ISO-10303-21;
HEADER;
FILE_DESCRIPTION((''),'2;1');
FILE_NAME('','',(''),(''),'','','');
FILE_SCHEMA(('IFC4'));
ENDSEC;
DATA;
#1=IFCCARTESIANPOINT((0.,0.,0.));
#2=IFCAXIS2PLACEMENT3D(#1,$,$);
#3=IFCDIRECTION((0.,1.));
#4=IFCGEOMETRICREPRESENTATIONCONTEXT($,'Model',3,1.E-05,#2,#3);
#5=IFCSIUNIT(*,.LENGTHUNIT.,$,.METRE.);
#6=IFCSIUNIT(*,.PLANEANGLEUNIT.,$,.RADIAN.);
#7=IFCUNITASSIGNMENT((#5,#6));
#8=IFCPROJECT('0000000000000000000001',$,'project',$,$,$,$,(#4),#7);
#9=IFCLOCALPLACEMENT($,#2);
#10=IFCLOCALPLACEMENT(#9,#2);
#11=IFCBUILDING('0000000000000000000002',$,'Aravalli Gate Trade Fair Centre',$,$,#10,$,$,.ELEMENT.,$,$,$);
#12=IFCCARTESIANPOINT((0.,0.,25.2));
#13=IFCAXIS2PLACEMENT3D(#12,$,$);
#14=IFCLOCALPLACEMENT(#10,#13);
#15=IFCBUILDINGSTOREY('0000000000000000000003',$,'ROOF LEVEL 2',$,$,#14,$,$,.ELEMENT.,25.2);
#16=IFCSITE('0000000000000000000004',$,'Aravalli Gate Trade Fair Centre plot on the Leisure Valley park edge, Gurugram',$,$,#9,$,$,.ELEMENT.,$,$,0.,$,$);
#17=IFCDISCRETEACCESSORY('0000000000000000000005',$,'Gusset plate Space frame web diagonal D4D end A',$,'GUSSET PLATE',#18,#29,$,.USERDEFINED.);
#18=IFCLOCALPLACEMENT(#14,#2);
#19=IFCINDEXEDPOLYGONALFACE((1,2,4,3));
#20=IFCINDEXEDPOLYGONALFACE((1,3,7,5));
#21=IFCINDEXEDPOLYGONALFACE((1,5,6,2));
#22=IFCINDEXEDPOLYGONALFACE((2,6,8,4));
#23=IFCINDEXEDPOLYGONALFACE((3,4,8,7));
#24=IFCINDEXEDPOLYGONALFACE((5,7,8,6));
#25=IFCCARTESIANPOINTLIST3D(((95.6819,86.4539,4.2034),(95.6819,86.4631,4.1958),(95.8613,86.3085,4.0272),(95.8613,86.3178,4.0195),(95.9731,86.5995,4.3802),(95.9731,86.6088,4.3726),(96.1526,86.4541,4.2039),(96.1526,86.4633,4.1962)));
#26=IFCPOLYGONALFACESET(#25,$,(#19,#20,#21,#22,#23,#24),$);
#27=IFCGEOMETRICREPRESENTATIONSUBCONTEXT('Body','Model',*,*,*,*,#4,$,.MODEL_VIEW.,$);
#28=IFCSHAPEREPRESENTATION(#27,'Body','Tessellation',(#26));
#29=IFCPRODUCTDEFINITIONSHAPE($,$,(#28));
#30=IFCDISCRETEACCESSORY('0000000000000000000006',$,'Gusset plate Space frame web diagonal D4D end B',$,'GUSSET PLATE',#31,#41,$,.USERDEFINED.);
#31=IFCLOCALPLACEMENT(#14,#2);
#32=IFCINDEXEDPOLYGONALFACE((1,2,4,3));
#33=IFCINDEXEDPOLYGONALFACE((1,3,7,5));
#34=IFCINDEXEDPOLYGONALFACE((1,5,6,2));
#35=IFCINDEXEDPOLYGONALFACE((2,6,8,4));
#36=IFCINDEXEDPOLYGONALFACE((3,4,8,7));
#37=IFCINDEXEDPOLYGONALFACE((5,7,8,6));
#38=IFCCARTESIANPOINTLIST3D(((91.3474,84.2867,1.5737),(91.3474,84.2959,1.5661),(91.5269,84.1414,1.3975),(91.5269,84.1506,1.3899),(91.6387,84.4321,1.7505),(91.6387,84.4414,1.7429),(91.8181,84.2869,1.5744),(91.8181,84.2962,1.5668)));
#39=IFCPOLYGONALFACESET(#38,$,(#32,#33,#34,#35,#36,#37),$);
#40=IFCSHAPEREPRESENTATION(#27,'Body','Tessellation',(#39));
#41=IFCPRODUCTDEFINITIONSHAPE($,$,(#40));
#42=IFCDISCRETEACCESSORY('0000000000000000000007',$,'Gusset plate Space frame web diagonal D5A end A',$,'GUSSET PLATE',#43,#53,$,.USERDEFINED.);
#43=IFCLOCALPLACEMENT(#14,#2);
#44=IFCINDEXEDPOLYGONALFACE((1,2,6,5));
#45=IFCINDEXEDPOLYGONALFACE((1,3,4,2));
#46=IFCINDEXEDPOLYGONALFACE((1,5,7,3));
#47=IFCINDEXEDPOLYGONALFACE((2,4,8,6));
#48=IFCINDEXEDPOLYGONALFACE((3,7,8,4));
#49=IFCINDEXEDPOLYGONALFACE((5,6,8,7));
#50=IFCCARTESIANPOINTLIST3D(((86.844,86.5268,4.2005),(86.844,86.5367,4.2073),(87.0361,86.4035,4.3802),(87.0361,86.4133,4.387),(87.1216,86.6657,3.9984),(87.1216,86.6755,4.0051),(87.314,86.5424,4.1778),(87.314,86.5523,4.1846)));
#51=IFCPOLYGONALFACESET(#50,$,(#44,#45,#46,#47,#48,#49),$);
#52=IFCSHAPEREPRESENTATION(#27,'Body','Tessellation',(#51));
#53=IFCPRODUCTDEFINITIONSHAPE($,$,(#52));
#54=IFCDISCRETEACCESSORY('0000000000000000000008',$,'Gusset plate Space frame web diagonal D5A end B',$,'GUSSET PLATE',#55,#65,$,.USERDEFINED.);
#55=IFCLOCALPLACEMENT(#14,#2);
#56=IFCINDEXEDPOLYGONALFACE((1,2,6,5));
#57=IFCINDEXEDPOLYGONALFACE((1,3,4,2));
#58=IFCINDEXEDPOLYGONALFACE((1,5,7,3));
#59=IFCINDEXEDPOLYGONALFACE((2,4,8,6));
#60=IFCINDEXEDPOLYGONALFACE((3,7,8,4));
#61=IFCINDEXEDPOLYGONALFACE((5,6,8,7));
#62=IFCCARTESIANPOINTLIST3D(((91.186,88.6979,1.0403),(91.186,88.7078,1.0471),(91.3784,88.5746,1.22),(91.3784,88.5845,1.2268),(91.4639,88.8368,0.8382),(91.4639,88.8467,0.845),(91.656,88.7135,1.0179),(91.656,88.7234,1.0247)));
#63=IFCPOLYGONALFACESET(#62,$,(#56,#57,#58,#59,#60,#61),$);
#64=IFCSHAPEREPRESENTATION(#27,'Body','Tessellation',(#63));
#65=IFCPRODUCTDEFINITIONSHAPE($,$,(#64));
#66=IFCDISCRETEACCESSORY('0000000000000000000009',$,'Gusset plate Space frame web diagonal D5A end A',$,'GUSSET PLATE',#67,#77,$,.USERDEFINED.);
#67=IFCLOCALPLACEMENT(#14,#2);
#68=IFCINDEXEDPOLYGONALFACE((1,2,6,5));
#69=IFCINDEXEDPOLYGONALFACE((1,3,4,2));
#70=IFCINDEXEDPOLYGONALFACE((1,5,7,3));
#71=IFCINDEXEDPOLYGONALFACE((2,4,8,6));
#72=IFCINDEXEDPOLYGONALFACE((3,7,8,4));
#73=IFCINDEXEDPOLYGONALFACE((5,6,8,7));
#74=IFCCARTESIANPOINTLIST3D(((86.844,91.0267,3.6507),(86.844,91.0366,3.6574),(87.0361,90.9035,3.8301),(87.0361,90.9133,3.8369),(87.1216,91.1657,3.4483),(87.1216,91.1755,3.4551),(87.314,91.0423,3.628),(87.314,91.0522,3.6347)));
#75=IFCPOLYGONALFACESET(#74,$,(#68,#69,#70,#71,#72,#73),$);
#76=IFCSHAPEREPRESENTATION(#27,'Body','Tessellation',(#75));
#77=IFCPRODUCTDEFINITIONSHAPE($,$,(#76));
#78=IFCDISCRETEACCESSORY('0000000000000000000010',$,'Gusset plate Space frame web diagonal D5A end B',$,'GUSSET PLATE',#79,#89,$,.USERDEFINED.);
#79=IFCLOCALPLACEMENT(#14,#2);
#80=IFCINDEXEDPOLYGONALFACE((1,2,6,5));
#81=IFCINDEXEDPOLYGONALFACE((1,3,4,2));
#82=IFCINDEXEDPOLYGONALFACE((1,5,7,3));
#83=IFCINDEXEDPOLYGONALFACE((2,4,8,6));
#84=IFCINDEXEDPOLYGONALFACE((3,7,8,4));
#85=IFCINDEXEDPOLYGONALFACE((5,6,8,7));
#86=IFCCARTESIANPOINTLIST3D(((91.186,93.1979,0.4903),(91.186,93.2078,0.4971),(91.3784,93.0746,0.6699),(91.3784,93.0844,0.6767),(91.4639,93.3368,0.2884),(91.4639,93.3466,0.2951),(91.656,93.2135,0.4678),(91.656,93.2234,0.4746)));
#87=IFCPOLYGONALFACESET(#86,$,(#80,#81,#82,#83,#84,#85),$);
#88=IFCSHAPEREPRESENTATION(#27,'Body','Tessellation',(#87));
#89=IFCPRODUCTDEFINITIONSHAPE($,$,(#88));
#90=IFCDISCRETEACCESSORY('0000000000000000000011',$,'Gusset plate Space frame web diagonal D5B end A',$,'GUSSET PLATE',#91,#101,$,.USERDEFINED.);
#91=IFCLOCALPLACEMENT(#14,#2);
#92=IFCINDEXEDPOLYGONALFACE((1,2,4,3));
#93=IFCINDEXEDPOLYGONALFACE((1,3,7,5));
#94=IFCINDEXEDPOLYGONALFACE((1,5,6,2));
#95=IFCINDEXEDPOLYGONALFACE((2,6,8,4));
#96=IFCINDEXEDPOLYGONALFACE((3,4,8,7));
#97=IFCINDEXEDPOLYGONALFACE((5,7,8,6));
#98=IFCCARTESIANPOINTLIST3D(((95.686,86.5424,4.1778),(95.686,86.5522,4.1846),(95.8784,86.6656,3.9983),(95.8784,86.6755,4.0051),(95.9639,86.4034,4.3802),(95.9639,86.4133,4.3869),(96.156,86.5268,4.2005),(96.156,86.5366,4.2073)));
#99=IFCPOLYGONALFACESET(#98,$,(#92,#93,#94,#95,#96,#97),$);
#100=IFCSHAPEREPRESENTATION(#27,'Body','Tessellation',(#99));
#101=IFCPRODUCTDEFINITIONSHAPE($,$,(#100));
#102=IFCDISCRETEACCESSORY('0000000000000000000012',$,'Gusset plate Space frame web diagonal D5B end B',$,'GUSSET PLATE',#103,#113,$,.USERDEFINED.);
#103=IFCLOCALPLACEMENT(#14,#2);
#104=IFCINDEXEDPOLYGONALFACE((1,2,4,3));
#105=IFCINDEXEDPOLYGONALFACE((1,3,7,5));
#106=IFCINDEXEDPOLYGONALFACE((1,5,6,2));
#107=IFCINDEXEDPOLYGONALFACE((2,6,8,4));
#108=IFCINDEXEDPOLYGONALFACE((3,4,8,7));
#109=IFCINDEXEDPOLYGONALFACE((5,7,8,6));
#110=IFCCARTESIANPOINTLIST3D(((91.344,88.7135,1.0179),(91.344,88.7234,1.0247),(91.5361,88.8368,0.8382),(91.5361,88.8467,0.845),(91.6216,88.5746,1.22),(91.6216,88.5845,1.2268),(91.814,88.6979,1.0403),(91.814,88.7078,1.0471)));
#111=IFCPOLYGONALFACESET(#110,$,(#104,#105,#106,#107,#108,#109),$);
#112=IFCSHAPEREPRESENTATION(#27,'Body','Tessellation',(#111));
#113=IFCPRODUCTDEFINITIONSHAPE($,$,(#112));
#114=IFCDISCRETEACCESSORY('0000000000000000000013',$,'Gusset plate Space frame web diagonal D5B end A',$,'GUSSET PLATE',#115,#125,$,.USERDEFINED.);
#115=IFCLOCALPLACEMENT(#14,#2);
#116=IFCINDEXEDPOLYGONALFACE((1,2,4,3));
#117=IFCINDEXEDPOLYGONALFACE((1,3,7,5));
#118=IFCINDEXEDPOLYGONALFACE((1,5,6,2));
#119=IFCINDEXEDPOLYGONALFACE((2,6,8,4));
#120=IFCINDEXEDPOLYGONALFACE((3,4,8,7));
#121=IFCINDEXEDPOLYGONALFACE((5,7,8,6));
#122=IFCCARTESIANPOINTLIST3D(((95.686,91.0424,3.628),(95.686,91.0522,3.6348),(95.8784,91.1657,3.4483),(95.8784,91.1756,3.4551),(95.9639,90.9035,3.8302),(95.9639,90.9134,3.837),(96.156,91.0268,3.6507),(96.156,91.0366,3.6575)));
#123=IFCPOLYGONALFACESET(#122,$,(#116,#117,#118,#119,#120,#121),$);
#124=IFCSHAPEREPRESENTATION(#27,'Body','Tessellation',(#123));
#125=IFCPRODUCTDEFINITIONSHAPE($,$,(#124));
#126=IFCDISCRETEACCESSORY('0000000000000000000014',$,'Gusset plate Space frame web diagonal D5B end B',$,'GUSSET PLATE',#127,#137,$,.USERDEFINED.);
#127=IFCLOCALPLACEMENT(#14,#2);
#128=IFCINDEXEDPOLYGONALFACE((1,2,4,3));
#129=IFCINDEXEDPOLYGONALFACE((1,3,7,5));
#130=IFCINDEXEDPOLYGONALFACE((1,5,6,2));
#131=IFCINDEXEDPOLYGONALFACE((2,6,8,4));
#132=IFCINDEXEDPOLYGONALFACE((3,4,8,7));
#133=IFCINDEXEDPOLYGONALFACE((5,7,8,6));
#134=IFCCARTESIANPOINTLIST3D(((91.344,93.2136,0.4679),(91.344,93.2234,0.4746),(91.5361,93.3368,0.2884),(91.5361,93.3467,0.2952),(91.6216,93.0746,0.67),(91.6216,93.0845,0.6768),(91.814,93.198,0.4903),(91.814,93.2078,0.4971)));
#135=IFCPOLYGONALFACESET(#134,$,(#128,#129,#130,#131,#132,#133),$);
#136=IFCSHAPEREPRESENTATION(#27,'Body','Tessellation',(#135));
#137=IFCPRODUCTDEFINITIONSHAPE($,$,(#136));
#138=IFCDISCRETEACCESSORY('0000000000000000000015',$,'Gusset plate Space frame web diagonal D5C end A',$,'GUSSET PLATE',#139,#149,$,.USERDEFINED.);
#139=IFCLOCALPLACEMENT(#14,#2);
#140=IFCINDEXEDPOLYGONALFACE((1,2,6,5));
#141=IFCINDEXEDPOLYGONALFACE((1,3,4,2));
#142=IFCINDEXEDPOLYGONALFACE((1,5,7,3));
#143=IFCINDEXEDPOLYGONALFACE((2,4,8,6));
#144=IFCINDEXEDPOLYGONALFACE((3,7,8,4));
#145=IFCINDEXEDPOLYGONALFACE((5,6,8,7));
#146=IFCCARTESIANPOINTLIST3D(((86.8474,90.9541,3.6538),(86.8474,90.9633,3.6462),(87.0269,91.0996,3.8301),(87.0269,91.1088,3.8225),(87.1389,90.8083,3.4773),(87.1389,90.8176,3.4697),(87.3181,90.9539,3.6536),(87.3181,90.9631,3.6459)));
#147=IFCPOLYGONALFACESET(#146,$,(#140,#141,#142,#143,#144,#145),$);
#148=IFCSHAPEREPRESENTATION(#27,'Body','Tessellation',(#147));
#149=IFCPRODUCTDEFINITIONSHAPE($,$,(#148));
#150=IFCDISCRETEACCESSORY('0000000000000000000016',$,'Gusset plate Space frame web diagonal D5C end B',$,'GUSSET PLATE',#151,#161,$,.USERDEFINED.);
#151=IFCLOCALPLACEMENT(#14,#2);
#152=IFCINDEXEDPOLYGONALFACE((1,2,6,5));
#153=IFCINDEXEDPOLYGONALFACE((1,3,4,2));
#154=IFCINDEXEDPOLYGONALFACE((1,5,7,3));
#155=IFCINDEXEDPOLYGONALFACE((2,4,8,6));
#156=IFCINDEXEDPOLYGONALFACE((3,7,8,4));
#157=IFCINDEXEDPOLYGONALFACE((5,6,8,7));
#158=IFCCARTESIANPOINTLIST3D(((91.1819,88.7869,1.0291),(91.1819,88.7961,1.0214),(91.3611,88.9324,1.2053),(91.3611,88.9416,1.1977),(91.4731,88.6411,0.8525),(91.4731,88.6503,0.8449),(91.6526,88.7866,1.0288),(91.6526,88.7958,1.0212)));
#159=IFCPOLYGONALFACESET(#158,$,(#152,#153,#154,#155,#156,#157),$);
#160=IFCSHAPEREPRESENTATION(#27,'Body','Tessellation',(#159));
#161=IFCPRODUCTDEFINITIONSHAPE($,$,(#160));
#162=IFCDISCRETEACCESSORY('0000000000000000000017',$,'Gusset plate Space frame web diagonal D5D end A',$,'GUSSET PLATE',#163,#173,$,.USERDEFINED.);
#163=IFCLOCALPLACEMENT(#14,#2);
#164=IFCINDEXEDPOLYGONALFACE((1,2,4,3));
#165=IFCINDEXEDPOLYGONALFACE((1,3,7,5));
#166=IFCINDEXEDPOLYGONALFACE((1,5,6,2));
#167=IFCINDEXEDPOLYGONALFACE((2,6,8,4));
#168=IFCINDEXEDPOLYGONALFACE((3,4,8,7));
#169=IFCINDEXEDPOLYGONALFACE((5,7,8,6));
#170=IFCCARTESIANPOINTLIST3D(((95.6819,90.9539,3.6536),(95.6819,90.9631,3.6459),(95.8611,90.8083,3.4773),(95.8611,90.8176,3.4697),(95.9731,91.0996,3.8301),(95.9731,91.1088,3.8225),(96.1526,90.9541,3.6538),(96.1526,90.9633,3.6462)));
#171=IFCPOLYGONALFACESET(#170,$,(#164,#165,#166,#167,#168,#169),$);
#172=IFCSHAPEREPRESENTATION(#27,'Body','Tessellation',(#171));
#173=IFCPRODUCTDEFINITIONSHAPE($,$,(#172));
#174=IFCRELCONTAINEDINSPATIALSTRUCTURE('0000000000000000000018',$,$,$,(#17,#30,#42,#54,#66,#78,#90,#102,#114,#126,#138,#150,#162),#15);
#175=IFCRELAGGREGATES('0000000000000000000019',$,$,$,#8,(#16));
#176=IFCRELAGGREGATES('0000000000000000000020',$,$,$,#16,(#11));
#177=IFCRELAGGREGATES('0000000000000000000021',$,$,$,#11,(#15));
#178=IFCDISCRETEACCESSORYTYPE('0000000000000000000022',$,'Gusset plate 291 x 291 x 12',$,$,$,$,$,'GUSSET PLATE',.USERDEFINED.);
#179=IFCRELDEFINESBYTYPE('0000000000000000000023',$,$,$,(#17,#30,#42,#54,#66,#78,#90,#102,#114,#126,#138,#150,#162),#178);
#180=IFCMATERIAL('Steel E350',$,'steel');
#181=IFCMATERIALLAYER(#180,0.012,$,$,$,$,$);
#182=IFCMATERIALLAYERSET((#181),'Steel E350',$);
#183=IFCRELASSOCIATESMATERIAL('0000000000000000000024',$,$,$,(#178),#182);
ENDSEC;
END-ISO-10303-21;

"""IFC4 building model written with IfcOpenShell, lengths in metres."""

from ifc_helpers import new_model, si_unit, direction, frame, origin, place, context, subcontext, project, spatial, polyline, outline, extrude, material, layer, layer_set, type_object, element, save


model = new_model("IFC4")

# Units and contexts
model_context = context("Model", 3, precision=1e-05, world=origin(), true_north=direction((0.0, 1.0)))
body_context = subcontext(model_context, "Body", "Model", "MODEL_VIEW")
ifc_project = project(units=[si_unit("LENGTHUNIT", "METRE"), si_unit("PLANEANGLEUNIT", "RADIAN")], contexts=[model_context])

# Site, building, storey
site_placement = place(None, origin())
site = spatial("IfcSite", under=ifc_project, at=site_placement, Name="Aravalli Gate Trade Fair Centre plot on the Leisure Valley park edge, Gurugram", CompositionType="ELEMENT", RefElevation=0.0)
building_placement = place(site_placement, origin())
building = spatial("IfcBuilding", under=site, at=building_placement, Name="Aravalli Gate Trade Fair Centre", CompositionType="ELEMENT")
storey_placement = place(building_placement, frame((0.0, 0.0, 25.2)))
storey = spatial("IfcBuildingStorey", under=building, at=storey_placement, Name="ROOF LEVEL 2", CompositionType="ELEMENT", Elevation=25.2)

# Shared definitions
ifc_material = material(Name="Steel E350", Category="steel")

# Discrete accessories
ifc_layer = layer(ifc_material, 0.012)
ifc_layer_set = layer_set([ifc_layer], Name="Steel E350")
discrete_accessory_type = type_object("IfcDiscreteAccessoryType", Name="Gusset plate 291 x 291 x 12", ElementType="GUSSET PLATE", PredefinedType="USERDEFINED", material=ifc_layer_set)
discrete_accessory_1_placement = place(storey_placement, frame((95.6819, 86.4539, 4.2034), z_axis=(-0.00026, -0.771582, 0.63613), x_axis=(0.785986, 0.393126, 0.477156)))
element("IfcDiscreteAccessory", 1, at=discrete_accessory_1_placement, inside=storey, type_object=discrete_accessory_type, Name="Gusset plate Space frame web diagonal D4D end A", ObjectType="GUSSET PLATE", PredefinedType="USERDEFINED", context=body_context, shape_type="SweptSolid", body=[
    extrude(outline(polyline([(0.0, 0.0), (0.3706, 0.0), (0.3703, -0.2906), (-0.0002, -0.2905), (0.0, 0.0)])), origin(), (0.0, 0.0, -1.0), 0.012),
])
discrete_accessory_2_placement = place(storey_placement, frame((91.6387, 84.4321, 1.7505), z_axis=(-0.000589, -0.771792, 0.635874), x_axis=(-0.78619, -0.392604, -0.477251)))
element("IfcDiscreteAccessory", 2, at=discrete_accessory_2_placement, inside=storey, type_object=discrete_accessory_type, Name="Gusset plate Space frame web diagonal D4D end B", ObjectType="GUSSET PLATE", PredefinedType="USERDEFINED", context=body_context, shape_type="SweptSolid", body=[
    extrude(outline(polyline([(0.0, 0.0), (0.3705, 0.0), (0.3705, 0.2905), (0.0, 0.2903), (0.0, 0.0)])), origin(), (0.0, 0.0, -1.0), 0.012),
])
discrete_accessory_3_placement = place(storey_placement, frame((87.1216, 86.6755, 4.0051), z_axis=(-0.000059, 0.824356, 0.566072), x_axis=(-0.749371, -0.374861, 0.545822)))
element("IfcDiscreteAccessory", 3, at=discrete_accessory_3_placement, inside=storey, type_object=discrete_accessory_type, Name="Gusset plate Space frame web diagonal D5A end A", ObjectType="GUSSET PLATE", PredefinedType="USERDEFINED", context=body_context, shape_type="SweptSolid", body=[
    extrude(outline(polyline([(0.0, 0.0), (0.3704, 0.0), (0.3707, 0.2905), (0.0, 0.2905), (0.0, 0.0)])), origin(), (0.0, 0.0, -1.0), 0.012),
])
discrete_accessory_4_placement = place(storey_placement, frame((91.186, 88.7078, 1.0471), z_axis=(-0.000356, 0.824387, 0.566027), x_axis=(0.74966, 0.37483, -0.545447)))
element("IfcDiscreteAccessory", 4, at=discrete_accessory_4_placement, inside=storey, type_object=discrete_accessory_type, Name="Gusset plate Space frame web diagonal D5A end B", ObjectType="GUSSET PLATE", PredefinedType="USERDEFINED", context=body_context, shape_type="SweptSolid", body=[
    extrude(outline(polyline([(0.0, 0.0), (0.3706, 0.0), (0.3704, -0.2905), (0.0, -0.2907), (0.0, 0.0)])), origin(), (0.0, 0.0, -1.0), 0.012),
])
discrete_accessory_5_placement = place(storey_placement, frame((87.1216, 91.1755, 3.4551), z_axis=(-0.000059, 0.824356, 0.566072), x_axis=(-0.749102, -0.375034, 0.546073)))
element("IfcDiscreteAccessory", 5, at=discrete_accessory_5_placement, inside=storey, type_object=discrete_accessory_type, Name="Gusset plate Space frame web diagonal D5A end A", ObjectType="GUSSET PLATE", PredefinedType="USERDEFINED", context=body_context, shape_type="SweptSolid", body=[
    extrude(outline(polyline([(0.0, 0.0), (0.3706, 0.0), (0.3709, 0.2904), (0.0002, 0.2907), (0.0, 0.0)])), origin(), (0.0, 0.0, -1.0), 0.012),
])
discrete_accessory_6_placement = place(storey_placement, frame((91.186, 93.2078, 0.4971), z_axis=(-0.000339, 0.824216, 0.566276), x_axis=(0.749929, 0.374811, -0.545089)))
element("IfcDiscreteAccessory", 6, at=discrete_accessory_6_placement, inside=storey, type_object=discrete_accessory_type, Name="Gusset plate Space frame web diagonal D5A end B", ObjectType="GUSSET PLATE", PredefinedType="USERDEFINED", context=body_context, shape_type="SweptSolid", body=[
    extrude(outline(polyline([(0.0, 0.0), (0.3705, 0.0), (0.3705, -0.2904), (0.0001, -0.2907), (0.0, 0.0)])), origin(), (0.0, 0.0, -1.0), 0.012),
])
discrete_accessory_7_placement = place(storey_placement, frame((95.686, 86.5522, 4.1846), z_axis=(0.000059, 0.824356, 0.566072), x_axis=(0.749391, -0.374849, 0.545804)))
element("IfcDiscreteAccessory", 7, at=discrete_accessory_7_placement, inside=storey, type_object=discrete_accessory_type, Name="Gusset plate Space frame web diagonal D5B end A", ObjectType="GUSSET PLATE", PredefinedType="USERDEFINED", context=body_context, shape_type="SweptSolid", body=[
    extrude(outline(polyline([(0.0, 0.0), (0.3707, 0.0), (0.3704, 0.2905), (0.0, 0.2905), (0.0, 0.0)])), origin(), (0.0, 0.0, -1.0), 0.012),
])
discrete_accessory_8_placement = place(storey_placement, frame((91.6216, 88.5845, 1.2268), z_axis=(0.000356, 0.824387, 0.566027), x_axis=(-0.749371, 0.375015, -0.545716)))
element("IfcDiscreteAccessory", 8, at=discrete_accessory_8_placement, inside=storey, type_object=discrete_accessory_type, Name="Gusset plate Space frame web diagonal D5B end B", ObjectType="GUSSET PLATE", PredefinedType="USERDEFINED", context=body_context, shape_type="SweptSolid", body=[
    extrude(outline(polyline([(0.0, 0.0), (0.3704, 0.0), (0.3707, -0.2905), (0.0001, -0.2907), (0.0, 0.0)])), origin(), (0.0, 0.0, -1.0), 0.012),
])
discrete_accessory_9_placement = place(storey_placement, frame((95.686, 91.0522, 3.6348), z_axis=(0.000059, 0.824356, 0.566072), x_axis=(0.74966, -0.374676, 0.545552)))
element("IfcDiscreteAccessory", 9, at=discrete_accessory_9_placement, inside=storey, type_object=discrete_accessory_type, Name="Gusset plate Space frame web diagonal D5B end A", ObjectType="GUSSET PLATE", PredefinedType="USERDEFINED", context=body_context, shape_type="SweptSolid", body=[
    extrude(outline(polyline([(0.0, 0.0), (0.3706, 0.0), (0.3706, 0.2904), (0.0, 0.2907), (0.0, 0.0)])), origin(), (0.0, 0.0, -1.0), 0.012),
])
discrete_accessory_10_placement = place(storey_placement, frame((91.6216, 93.0845, 0.6768), z_axis=(0.000339, 0.824216, 0.566276), x_axis=(-0.749371, 0.375169, -0.545611)))
element("IfcDiscreteAccessory", 10, at=discrete_accessory_10_placement, inside=storey, type_object=discrete_accessory_type, Name="Gusset plate Space frame web diagonal D5B end B", ObjectType="GUSSET PLATE", PredefinedType="USERDEFINED", context=body_context, shape_type="SweptSolid", body=[
    extrude(outline(polyline([(0.0, 0.0), (0.3704, 0.0), (0.3706, -0.2904), (0.0001, -0.2907), (0.0, 0.0)])), origin(), (0.0, 0.0, -1.0), 0.012),
])
discrete_accessory_11_placement = place(storey_placement, frame((87.1389, 90.8083, 3.4773), z_axis=(-0.00007, -0.771155, 0.636648), x_axis=(-0.786484, 0.393242, 0.476238)))
element("IfcDiscreteAccessory", 11, at=discrete_accessory_11_placement, inside=storey, type_object=discrete_accessory_type, Name="Gusset plate Space frame web diagonal D5C end A", ObjectType="GUSSET PLATE", PredefinedType="USERDEFINED", context=body_context, shape_type="SweptSolid", body=[
    extrude(outline(polyline([(0.0, 0.0), (0.3706, 0.0), (0.3707, -0.2906), (0.0002, -0.2904), (0.0, 0.0)])), origin(), (0.0, 0.0, -1.0), 0.012),
])
discrete_accessory_12_placement = place(storey_placement, frame((91.1819, 88.7869, 1.0291), z_axis=(-0.00007, -0.771155, 0.636648), x_axis=(0.786233, -0.393446, -0.476485)))
element("IfcDiscreteAccessory", 12, at=discrete_accessory_12_placement, inside=storey, type_object=discrete_accessory_type, Name="Gusset plate Space frame web diagonal D5C end B", ObjectType="GUSSET PLATE", PredefinedType="USERDEFINED", context=body_context, shape_type="SweptSolid", body=[
    extrude(outline(polyline([(0.0, 0.0), (0.3704, 0.0), (0.3703, 0.2906), (-0.0003, 0.2904), (0.0, 0.0)])), origin(), (0.0, 0.0, -1.0), 0.012),
])
discrete_accessory_13_placement = place(storey_placement, frame((95.6819, 90.9539, 3.6536), z_axis=(0.00007, -0.771155, 0.636648), x_axis=(0.786233, 0.393446, 0.476485)))
element("IfcDiscreteAccessory", 13, at=discrete_accessory_13_placement, inside=storey, type_object=discrete_accessory_type, Name="Gusset plate Space frame web diagonal D5D end A", ObjectType="GUSSET PLATE", PredefinedType="USERDEFINED", context=body_context, shape_type="SweptSolid", body=[
    extrude(outline(polyline([(0.0, 0.0), (0.3704, 0.0), (0.3703, -0.2906), (-0.0003, -0.2904), (0.0, 0.0)])), origin(), (0.0, 0.0, -1.0), 0.012),
])

save(model, "model.ifc")
